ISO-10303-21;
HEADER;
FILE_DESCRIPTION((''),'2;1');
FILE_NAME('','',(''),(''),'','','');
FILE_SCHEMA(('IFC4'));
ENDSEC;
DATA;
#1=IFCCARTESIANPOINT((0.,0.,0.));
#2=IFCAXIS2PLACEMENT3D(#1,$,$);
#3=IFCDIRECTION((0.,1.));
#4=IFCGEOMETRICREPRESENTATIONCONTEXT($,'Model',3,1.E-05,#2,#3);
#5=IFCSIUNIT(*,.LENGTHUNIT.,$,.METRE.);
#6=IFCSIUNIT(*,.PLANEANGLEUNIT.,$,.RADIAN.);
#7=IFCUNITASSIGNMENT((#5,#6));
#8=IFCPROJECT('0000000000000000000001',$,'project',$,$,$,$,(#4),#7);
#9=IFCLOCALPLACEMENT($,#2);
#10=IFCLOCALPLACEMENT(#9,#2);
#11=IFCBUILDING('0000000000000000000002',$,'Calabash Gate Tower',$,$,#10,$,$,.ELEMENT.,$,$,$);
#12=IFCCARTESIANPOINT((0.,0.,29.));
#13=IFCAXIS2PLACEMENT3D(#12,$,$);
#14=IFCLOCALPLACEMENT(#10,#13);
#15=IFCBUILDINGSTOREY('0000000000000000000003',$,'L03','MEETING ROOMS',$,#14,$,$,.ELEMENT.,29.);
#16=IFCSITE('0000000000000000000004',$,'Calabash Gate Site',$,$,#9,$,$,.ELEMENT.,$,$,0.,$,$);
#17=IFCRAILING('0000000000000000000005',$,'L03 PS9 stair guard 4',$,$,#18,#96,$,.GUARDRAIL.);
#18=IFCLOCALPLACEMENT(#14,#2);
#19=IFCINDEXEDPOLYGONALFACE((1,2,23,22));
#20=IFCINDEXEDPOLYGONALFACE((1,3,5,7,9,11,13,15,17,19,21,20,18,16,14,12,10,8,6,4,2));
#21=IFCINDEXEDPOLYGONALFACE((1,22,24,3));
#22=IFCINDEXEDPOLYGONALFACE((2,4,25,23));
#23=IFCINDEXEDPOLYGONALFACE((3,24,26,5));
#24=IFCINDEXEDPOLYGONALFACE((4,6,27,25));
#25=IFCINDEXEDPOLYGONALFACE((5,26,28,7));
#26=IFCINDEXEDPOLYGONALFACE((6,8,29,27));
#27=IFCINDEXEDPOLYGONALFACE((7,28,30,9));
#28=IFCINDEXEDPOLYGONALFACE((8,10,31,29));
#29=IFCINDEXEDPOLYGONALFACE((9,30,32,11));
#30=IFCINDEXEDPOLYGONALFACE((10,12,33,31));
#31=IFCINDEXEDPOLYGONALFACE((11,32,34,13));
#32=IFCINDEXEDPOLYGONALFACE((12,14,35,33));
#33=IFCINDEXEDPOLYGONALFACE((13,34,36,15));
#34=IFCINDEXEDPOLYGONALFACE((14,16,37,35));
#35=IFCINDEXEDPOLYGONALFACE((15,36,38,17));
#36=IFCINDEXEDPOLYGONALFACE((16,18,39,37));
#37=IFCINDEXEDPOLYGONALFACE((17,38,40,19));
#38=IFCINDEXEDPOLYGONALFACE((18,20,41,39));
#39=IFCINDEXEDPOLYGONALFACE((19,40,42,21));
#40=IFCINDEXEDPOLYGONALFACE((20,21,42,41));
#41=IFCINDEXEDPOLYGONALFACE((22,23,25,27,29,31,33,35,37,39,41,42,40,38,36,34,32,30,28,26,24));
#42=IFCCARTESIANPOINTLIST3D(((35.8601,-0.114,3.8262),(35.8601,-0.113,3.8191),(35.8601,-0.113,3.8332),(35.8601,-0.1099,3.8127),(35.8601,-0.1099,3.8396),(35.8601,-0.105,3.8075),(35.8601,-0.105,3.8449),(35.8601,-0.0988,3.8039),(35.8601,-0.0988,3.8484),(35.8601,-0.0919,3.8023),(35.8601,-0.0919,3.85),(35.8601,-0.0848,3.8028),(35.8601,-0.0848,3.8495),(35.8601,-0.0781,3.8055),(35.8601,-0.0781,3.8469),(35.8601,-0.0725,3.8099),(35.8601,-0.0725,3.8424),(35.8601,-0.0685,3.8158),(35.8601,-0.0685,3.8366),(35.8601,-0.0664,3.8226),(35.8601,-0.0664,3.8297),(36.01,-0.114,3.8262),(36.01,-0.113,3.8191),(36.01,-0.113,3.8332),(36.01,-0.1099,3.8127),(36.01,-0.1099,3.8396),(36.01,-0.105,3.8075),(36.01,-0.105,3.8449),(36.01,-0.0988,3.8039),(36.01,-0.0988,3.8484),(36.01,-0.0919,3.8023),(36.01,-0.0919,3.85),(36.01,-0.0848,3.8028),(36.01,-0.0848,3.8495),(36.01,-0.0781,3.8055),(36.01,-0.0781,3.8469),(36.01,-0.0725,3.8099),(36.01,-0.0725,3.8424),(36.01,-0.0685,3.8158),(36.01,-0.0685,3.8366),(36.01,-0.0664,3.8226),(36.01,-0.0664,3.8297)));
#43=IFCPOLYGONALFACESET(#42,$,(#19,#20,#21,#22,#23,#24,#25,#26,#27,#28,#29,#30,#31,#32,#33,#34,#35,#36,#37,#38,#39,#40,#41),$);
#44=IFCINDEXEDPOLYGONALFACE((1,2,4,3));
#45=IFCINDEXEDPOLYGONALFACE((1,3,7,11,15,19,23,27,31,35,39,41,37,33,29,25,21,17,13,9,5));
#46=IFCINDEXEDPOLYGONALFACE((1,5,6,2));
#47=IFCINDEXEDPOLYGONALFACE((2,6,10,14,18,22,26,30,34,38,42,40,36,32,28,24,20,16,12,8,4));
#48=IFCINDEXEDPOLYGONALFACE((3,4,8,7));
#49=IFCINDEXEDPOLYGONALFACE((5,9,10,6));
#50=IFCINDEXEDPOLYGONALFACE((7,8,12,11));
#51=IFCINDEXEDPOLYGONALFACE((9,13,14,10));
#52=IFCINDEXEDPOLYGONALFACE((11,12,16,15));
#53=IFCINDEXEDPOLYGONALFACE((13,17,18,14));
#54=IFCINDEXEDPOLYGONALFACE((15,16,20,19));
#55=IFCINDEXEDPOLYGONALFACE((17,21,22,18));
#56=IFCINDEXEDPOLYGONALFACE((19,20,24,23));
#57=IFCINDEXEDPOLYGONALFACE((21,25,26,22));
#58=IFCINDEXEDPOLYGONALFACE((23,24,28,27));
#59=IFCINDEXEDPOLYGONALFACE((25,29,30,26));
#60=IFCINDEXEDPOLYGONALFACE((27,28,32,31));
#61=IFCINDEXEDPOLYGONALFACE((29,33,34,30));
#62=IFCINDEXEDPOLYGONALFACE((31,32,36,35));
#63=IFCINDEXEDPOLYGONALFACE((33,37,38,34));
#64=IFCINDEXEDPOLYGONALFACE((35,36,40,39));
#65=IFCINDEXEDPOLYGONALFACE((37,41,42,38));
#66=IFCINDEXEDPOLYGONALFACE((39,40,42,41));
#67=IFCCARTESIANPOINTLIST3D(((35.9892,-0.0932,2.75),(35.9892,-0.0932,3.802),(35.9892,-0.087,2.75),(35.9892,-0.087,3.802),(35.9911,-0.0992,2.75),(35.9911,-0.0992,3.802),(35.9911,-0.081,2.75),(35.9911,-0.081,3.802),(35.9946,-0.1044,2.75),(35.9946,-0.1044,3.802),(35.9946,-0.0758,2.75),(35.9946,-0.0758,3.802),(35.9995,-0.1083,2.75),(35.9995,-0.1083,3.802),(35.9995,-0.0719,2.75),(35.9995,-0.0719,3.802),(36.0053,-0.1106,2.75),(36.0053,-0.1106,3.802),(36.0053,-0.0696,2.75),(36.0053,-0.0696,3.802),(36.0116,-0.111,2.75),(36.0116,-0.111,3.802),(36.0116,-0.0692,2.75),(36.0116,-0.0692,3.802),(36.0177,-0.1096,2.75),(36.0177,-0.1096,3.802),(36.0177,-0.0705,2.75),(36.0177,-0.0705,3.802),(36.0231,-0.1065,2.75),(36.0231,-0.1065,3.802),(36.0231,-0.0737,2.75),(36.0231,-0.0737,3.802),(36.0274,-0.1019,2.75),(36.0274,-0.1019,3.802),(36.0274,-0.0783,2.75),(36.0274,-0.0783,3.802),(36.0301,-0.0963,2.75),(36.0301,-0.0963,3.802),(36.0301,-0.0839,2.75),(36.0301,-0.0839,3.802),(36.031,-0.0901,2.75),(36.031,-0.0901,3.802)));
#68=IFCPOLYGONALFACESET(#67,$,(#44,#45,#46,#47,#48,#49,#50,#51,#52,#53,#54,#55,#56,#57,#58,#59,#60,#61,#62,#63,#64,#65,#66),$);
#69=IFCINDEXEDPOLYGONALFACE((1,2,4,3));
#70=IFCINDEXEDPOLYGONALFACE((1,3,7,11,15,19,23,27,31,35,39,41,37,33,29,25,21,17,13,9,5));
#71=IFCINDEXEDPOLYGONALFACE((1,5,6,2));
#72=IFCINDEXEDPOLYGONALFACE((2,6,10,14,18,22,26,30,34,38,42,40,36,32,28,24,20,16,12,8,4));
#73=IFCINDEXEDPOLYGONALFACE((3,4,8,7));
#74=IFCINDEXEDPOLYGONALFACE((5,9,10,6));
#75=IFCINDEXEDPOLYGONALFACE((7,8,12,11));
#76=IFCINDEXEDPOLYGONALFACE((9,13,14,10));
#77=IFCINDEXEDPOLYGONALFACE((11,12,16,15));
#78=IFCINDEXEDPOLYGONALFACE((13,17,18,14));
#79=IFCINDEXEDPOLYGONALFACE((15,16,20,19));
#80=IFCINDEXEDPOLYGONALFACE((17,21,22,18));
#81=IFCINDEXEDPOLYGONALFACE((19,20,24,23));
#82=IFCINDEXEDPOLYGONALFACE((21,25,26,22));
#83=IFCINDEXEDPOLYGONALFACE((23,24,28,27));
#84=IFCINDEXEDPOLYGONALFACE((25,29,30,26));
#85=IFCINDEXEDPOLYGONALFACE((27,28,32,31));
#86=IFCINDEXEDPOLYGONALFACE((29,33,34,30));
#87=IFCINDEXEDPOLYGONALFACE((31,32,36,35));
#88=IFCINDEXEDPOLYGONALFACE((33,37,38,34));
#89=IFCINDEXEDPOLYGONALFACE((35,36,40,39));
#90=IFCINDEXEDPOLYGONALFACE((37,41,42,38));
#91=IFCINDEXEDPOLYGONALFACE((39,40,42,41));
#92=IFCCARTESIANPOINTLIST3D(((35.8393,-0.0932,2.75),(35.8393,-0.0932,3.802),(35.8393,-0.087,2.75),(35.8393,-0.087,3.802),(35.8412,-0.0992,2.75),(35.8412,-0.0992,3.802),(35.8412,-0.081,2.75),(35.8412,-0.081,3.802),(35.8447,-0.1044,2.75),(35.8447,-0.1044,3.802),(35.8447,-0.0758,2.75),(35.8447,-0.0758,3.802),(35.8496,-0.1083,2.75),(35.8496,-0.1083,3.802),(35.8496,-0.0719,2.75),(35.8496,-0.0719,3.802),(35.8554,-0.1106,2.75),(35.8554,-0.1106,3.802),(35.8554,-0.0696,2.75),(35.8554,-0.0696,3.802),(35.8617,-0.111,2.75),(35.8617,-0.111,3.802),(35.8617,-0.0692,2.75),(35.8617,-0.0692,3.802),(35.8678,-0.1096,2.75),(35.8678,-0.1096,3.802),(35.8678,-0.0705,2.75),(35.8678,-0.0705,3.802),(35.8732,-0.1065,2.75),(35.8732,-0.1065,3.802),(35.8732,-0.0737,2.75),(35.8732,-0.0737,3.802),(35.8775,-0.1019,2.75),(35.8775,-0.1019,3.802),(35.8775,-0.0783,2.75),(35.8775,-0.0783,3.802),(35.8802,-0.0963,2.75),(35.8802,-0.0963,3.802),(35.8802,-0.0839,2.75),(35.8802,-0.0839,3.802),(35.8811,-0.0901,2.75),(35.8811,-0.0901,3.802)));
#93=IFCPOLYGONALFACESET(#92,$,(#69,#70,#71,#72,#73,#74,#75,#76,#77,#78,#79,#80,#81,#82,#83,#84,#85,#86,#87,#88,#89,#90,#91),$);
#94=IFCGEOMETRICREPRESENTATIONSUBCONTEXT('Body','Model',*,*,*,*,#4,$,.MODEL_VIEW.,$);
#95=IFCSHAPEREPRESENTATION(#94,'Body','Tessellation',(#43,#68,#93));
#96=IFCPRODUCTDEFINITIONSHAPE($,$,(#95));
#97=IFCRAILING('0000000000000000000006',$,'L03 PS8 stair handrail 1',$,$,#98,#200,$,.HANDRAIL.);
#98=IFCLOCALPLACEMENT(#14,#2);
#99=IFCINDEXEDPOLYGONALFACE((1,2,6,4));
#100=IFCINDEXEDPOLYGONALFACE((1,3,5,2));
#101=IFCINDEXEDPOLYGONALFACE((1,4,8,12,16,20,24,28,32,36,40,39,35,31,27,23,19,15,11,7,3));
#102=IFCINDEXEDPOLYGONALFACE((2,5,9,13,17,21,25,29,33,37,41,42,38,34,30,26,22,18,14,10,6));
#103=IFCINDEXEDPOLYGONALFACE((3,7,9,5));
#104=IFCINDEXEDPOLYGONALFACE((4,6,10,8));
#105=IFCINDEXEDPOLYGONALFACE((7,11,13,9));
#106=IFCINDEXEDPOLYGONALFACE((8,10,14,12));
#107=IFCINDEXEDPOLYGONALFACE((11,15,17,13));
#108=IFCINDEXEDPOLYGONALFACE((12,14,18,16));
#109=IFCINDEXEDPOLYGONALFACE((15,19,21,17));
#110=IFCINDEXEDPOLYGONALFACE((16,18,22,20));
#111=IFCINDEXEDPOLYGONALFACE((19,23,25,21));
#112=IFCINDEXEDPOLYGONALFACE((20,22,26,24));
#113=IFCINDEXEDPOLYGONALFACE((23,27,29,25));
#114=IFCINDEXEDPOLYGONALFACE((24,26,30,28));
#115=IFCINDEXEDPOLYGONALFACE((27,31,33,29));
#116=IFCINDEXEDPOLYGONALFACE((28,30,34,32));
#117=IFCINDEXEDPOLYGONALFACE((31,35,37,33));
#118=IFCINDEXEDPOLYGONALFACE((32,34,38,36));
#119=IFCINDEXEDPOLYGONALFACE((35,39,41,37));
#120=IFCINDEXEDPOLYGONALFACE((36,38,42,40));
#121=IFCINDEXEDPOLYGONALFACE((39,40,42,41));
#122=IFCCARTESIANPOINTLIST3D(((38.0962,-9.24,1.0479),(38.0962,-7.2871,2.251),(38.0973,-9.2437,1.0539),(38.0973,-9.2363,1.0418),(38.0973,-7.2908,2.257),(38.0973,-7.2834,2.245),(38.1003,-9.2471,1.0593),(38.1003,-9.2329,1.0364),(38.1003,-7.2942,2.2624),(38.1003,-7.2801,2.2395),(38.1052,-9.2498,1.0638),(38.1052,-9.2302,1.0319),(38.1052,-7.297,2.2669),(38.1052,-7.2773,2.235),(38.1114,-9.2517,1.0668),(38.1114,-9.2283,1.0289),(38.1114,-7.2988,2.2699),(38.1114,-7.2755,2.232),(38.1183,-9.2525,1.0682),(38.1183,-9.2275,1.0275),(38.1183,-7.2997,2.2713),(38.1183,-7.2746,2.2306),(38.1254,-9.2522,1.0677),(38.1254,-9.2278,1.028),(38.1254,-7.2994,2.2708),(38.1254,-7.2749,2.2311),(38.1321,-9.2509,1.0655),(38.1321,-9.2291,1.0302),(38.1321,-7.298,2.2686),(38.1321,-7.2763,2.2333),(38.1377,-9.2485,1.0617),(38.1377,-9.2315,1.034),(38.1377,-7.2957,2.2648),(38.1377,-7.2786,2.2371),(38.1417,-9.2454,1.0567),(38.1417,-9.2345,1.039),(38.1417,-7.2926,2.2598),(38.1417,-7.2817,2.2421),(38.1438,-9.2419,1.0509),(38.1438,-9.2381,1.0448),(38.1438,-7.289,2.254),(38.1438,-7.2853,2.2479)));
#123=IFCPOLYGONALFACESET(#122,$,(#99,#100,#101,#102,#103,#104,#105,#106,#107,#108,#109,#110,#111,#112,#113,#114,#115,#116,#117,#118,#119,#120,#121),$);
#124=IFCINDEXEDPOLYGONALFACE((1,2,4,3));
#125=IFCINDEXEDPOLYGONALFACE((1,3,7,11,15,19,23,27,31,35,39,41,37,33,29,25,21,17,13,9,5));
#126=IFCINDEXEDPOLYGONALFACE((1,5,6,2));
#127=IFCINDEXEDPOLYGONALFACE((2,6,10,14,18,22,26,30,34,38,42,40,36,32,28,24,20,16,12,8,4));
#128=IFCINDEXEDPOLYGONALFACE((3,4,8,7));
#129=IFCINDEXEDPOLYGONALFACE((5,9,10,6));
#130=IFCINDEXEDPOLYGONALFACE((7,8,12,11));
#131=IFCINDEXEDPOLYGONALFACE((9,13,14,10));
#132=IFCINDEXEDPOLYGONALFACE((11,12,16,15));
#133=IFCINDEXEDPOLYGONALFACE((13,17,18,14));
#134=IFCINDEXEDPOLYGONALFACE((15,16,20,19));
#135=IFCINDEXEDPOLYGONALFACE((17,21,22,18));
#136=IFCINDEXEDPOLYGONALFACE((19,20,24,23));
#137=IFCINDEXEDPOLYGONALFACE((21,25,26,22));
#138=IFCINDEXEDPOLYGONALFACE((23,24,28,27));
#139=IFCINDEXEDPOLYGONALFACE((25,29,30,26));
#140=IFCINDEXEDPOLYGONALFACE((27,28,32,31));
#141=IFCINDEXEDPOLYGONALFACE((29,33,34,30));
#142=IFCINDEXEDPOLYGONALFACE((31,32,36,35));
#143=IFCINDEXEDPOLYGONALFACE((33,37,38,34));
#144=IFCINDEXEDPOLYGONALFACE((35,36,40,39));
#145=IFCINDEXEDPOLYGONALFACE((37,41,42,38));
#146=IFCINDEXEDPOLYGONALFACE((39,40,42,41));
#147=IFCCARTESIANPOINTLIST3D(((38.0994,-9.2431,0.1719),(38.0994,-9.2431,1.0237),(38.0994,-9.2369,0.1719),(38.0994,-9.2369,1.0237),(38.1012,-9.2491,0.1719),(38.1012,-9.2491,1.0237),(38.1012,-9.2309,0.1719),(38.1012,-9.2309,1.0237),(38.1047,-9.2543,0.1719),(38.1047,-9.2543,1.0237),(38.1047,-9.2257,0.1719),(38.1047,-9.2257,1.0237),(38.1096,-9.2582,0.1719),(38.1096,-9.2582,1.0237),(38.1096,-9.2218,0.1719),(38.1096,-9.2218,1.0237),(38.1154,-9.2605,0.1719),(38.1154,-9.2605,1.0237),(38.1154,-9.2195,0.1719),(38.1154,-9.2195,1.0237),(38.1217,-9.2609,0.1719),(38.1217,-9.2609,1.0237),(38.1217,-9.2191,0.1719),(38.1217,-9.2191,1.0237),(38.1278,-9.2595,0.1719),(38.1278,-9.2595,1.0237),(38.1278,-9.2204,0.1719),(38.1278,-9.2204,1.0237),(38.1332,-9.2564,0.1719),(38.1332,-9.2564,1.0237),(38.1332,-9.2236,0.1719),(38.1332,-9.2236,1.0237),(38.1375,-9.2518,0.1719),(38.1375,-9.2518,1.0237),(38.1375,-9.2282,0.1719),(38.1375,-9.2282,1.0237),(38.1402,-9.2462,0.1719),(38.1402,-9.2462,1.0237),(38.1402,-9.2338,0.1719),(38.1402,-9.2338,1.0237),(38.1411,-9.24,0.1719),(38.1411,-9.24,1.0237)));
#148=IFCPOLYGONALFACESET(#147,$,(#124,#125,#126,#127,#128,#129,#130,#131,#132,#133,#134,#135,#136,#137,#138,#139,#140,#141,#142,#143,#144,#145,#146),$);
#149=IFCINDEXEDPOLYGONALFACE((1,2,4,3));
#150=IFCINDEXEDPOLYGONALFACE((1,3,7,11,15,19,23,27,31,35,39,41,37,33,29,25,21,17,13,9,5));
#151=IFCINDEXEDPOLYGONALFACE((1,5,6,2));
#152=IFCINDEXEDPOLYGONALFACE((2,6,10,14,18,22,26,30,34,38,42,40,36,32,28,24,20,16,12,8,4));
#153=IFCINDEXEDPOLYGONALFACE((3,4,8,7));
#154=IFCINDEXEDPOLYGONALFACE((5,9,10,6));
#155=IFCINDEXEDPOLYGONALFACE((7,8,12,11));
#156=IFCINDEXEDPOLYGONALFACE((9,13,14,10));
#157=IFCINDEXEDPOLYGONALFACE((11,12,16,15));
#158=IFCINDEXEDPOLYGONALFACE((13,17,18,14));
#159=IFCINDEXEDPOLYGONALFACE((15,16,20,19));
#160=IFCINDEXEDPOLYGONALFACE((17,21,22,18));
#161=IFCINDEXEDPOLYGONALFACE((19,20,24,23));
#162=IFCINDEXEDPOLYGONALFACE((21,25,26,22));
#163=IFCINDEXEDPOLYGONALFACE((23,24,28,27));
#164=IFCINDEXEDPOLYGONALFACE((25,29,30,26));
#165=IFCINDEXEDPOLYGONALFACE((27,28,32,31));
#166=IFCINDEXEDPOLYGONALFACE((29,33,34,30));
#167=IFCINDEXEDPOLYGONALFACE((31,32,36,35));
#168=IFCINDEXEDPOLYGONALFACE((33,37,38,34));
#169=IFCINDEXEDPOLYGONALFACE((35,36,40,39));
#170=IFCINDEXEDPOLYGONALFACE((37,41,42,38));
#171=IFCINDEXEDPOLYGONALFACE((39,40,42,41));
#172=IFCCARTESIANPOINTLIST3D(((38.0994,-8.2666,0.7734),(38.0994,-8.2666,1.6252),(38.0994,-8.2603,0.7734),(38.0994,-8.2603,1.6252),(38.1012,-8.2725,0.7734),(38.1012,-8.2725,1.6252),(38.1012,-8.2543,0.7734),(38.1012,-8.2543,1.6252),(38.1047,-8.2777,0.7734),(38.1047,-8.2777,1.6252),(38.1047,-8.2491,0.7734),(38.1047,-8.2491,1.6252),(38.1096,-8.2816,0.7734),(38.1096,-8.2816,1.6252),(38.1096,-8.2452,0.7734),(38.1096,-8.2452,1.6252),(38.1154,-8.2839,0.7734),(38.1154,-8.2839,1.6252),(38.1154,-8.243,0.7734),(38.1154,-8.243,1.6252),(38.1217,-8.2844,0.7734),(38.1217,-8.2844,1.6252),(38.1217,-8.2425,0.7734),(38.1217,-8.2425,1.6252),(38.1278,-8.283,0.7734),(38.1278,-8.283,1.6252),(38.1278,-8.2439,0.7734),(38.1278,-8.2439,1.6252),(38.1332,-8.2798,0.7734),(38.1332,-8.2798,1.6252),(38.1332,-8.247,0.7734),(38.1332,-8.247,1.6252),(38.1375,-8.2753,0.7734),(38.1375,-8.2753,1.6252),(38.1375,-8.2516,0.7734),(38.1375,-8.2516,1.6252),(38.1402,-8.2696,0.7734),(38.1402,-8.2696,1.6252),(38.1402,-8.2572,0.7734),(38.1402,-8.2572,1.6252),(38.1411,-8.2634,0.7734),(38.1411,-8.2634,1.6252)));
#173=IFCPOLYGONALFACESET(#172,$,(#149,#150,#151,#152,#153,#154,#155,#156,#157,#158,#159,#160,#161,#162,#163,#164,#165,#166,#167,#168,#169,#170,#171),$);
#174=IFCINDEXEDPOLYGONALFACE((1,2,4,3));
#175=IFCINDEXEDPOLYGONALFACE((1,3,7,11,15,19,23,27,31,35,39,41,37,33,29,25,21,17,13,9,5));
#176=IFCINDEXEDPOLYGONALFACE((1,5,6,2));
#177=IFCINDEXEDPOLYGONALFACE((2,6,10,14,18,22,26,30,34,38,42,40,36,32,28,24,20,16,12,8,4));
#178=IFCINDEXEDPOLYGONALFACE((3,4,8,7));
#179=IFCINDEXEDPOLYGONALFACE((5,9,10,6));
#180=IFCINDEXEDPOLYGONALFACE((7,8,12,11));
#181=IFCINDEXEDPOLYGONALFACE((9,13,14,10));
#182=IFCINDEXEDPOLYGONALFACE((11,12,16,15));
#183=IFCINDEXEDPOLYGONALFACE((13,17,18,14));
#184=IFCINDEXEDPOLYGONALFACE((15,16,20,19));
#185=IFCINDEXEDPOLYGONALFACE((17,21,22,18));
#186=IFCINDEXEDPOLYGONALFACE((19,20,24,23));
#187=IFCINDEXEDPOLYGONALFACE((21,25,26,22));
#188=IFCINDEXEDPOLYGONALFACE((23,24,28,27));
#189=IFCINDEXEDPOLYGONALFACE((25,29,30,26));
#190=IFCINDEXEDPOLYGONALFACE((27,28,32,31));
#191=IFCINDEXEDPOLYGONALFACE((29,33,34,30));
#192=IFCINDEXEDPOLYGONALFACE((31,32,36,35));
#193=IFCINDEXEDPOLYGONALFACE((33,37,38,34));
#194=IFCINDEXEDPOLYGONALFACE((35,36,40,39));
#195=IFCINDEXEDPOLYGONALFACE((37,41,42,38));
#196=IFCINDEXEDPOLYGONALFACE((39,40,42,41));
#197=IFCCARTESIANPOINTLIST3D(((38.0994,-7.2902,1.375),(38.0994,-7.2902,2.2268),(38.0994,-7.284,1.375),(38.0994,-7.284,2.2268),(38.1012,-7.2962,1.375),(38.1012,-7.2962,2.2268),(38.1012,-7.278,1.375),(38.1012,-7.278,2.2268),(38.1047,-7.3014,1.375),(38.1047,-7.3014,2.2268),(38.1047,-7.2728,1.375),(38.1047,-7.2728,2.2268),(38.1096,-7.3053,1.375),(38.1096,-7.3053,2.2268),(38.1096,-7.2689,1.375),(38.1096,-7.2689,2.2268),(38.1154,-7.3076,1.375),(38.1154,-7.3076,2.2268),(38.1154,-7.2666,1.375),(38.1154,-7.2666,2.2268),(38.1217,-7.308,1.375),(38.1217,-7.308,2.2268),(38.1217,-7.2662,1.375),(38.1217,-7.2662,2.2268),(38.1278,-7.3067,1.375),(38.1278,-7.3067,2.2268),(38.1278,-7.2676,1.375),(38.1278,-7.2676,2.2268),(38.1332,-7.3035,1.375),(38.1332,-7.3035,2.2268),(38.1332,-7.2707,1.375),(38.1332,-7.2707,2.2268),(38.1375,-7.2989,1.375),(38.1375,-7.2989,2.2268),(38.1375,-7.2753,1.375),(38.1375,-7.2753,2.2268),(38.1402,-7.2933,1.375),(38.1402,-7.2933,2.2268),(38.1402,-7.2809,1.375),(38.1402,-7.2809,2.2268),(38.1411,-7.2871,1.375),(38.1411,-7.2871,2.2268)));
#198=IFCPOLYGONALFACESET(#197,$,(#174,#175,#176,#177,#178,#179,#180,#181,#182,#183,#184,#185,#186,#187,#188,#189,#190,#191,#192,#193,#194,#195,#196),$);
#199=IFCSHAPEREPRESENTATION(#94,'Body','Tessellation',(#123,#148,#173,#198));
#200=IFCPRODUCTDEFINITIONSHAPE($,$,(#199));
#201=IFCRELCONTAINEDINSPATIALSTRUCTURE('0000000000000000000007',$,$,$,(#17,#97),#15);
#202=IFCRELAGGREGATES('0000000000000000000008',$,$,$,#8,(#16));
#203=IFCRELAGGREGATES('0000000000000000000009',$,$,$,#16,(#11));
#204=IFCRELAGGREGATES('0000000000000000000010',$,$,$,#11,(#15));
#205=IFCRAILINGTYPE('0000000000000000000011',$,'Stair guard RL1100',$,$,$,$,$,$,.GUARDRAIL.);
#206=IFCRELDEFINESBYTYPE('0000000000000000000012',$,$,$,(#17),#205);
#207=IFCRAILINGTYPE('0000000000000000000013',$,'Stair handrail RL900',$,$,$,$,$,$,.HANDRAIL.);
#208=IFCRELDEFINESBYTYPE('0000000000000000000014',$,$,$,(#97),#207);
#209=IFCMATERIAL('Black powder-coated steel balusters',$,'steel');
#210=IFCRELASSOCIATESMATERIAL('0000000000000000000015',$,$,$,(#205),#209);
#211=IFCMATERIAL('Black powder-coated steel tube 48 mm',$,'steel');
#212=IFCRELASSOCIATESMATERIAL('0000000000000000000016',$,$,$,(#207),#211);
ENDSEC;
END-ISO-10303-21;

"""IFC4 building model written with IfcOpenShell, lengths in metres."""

from ifc_helpers import new_model, si_unit, direction, frame, origin, origin_2d, place, context, subcontext, project, spatial, circle, extrude, material, type_object, element, save


model = new_model("IFC4")

# Units and contexts
model_context = context("Model", 3, precision=1e-05, world=origin(), true_north=direction((0.0, 1.0)))
body_context = subcontext(model_context, "Body", "Model", "MODEL_VIEW")
ifc_project = project(units=[si_unit("LENGTHUNIT", "METRE"), si_unit("PLANEANGLEUNIT", "RADIAN")], contexts=[model_context])

# Site, building, storey
site_placement = place(None, origin())
site = spatial("IfcSite", under=ifc_project, at=site_placement, Name="Calabash Gate Site", CompositionType="ELEMENT", RefElevation=0.0)
building_placement = place(site_placement, origin())
building = spatial("IfcBuilding", under=site, at=building_placement, Name="Calabash Gate Tower", CompositionType="ELEMENT")
storey_placement = place(building_placement, frame((0.0, 0.0, 29.0)))
storey = spatial("IfcBuildingStorey", under=building, at=storey_placement, Name="L03", Description="MEETING ROOMS", CompositionType="ELEMENT", Elevation=29.0)

# Railings
ifc_material_1 = material(Name="Black powder-coated steel balusters", Category="steel")
railing_type_1 = type_object("IfcRailingType", Name="Stair guard RL1100", PredefinedType="GUARDRAIL", material=ifc_material_1)
for number, where, name in (
    (1, (36.01, -0.0901, 2.75), "L03 PS9 stair guard 4"),
):
    element("IfcRailing", number, at=place(storey_placement, frame(where)), inside=storey, type_object=railing_type_1, Name=name, PredefinedType="GUARDRAIL", context=body_context, shape_type="SweptSolid", body=[
        extrude(circle(Radius=0.0239, at=origin_2d()), frame((0.0, 0.0, 1.0762), z_axis=(-1.0, 0.0, 0.0), x_axis=(0.0, -1.0, 0.0)), (0.0, 0.0, 1.0), 0.1499),
        extrude(circle(Radius=0.021, at=origin_2d()), origin(), (0.0, 0.0, 1.0), 1.052),
        extrude(circle(Radius=0.021, at=origin_2d()), frame((-0.1499, 0.0, 0.0)), (0.0, 0.0, 1.0), 1.052),
    ])
ifc_material_2 = material(Name="Black powder-coated steel tube 48 mm", Category="steel")
railing_type_2 = type_object("IfcRailingType", Name="Stair handrail RL900", PredefinedType="HANDRAIL", material=ifc_material_2)
railing_1_placement = place(storey_placement, frame((38.1201, -9.24, 0.1719)))
element("IfcRailing", 2, at=railing_1_placement, inside=storey, type_object=railing_type_2, Name="L03 PS8 stair handrail 1", PredefinedType="HANDRAIL", context=body_context, shape_type="SweptSolid", body=[
    extrude(circle(Radius=0.0239, at=origin_2d()), frame((0.0, 0.0, 0.876), z_axis=(0.0, 0.851395, 0.524525), x_axis=(-1.0, 0.0, 0.0)), (0.0, 0.0, 1.0), 2.2937),
    extrude(circle(Radius=0.021, at=origin_2d()), origin(), (0.0, 0.0, 1.0), 0.8518),
    extrude(circle(Radius=0.021, at=origin_2d()), frame((0.0, 0.9766, 0.6016)), (0.0, 0.0, 1.0), 0.8518),
    extrude(circle(Radius=0.021, at=origin_2d()), frame((0.0, 1.9529, 1.2031)), (0.0, 0.0, 1.0), 0.8518),
])

save(model, "model.ifc")
